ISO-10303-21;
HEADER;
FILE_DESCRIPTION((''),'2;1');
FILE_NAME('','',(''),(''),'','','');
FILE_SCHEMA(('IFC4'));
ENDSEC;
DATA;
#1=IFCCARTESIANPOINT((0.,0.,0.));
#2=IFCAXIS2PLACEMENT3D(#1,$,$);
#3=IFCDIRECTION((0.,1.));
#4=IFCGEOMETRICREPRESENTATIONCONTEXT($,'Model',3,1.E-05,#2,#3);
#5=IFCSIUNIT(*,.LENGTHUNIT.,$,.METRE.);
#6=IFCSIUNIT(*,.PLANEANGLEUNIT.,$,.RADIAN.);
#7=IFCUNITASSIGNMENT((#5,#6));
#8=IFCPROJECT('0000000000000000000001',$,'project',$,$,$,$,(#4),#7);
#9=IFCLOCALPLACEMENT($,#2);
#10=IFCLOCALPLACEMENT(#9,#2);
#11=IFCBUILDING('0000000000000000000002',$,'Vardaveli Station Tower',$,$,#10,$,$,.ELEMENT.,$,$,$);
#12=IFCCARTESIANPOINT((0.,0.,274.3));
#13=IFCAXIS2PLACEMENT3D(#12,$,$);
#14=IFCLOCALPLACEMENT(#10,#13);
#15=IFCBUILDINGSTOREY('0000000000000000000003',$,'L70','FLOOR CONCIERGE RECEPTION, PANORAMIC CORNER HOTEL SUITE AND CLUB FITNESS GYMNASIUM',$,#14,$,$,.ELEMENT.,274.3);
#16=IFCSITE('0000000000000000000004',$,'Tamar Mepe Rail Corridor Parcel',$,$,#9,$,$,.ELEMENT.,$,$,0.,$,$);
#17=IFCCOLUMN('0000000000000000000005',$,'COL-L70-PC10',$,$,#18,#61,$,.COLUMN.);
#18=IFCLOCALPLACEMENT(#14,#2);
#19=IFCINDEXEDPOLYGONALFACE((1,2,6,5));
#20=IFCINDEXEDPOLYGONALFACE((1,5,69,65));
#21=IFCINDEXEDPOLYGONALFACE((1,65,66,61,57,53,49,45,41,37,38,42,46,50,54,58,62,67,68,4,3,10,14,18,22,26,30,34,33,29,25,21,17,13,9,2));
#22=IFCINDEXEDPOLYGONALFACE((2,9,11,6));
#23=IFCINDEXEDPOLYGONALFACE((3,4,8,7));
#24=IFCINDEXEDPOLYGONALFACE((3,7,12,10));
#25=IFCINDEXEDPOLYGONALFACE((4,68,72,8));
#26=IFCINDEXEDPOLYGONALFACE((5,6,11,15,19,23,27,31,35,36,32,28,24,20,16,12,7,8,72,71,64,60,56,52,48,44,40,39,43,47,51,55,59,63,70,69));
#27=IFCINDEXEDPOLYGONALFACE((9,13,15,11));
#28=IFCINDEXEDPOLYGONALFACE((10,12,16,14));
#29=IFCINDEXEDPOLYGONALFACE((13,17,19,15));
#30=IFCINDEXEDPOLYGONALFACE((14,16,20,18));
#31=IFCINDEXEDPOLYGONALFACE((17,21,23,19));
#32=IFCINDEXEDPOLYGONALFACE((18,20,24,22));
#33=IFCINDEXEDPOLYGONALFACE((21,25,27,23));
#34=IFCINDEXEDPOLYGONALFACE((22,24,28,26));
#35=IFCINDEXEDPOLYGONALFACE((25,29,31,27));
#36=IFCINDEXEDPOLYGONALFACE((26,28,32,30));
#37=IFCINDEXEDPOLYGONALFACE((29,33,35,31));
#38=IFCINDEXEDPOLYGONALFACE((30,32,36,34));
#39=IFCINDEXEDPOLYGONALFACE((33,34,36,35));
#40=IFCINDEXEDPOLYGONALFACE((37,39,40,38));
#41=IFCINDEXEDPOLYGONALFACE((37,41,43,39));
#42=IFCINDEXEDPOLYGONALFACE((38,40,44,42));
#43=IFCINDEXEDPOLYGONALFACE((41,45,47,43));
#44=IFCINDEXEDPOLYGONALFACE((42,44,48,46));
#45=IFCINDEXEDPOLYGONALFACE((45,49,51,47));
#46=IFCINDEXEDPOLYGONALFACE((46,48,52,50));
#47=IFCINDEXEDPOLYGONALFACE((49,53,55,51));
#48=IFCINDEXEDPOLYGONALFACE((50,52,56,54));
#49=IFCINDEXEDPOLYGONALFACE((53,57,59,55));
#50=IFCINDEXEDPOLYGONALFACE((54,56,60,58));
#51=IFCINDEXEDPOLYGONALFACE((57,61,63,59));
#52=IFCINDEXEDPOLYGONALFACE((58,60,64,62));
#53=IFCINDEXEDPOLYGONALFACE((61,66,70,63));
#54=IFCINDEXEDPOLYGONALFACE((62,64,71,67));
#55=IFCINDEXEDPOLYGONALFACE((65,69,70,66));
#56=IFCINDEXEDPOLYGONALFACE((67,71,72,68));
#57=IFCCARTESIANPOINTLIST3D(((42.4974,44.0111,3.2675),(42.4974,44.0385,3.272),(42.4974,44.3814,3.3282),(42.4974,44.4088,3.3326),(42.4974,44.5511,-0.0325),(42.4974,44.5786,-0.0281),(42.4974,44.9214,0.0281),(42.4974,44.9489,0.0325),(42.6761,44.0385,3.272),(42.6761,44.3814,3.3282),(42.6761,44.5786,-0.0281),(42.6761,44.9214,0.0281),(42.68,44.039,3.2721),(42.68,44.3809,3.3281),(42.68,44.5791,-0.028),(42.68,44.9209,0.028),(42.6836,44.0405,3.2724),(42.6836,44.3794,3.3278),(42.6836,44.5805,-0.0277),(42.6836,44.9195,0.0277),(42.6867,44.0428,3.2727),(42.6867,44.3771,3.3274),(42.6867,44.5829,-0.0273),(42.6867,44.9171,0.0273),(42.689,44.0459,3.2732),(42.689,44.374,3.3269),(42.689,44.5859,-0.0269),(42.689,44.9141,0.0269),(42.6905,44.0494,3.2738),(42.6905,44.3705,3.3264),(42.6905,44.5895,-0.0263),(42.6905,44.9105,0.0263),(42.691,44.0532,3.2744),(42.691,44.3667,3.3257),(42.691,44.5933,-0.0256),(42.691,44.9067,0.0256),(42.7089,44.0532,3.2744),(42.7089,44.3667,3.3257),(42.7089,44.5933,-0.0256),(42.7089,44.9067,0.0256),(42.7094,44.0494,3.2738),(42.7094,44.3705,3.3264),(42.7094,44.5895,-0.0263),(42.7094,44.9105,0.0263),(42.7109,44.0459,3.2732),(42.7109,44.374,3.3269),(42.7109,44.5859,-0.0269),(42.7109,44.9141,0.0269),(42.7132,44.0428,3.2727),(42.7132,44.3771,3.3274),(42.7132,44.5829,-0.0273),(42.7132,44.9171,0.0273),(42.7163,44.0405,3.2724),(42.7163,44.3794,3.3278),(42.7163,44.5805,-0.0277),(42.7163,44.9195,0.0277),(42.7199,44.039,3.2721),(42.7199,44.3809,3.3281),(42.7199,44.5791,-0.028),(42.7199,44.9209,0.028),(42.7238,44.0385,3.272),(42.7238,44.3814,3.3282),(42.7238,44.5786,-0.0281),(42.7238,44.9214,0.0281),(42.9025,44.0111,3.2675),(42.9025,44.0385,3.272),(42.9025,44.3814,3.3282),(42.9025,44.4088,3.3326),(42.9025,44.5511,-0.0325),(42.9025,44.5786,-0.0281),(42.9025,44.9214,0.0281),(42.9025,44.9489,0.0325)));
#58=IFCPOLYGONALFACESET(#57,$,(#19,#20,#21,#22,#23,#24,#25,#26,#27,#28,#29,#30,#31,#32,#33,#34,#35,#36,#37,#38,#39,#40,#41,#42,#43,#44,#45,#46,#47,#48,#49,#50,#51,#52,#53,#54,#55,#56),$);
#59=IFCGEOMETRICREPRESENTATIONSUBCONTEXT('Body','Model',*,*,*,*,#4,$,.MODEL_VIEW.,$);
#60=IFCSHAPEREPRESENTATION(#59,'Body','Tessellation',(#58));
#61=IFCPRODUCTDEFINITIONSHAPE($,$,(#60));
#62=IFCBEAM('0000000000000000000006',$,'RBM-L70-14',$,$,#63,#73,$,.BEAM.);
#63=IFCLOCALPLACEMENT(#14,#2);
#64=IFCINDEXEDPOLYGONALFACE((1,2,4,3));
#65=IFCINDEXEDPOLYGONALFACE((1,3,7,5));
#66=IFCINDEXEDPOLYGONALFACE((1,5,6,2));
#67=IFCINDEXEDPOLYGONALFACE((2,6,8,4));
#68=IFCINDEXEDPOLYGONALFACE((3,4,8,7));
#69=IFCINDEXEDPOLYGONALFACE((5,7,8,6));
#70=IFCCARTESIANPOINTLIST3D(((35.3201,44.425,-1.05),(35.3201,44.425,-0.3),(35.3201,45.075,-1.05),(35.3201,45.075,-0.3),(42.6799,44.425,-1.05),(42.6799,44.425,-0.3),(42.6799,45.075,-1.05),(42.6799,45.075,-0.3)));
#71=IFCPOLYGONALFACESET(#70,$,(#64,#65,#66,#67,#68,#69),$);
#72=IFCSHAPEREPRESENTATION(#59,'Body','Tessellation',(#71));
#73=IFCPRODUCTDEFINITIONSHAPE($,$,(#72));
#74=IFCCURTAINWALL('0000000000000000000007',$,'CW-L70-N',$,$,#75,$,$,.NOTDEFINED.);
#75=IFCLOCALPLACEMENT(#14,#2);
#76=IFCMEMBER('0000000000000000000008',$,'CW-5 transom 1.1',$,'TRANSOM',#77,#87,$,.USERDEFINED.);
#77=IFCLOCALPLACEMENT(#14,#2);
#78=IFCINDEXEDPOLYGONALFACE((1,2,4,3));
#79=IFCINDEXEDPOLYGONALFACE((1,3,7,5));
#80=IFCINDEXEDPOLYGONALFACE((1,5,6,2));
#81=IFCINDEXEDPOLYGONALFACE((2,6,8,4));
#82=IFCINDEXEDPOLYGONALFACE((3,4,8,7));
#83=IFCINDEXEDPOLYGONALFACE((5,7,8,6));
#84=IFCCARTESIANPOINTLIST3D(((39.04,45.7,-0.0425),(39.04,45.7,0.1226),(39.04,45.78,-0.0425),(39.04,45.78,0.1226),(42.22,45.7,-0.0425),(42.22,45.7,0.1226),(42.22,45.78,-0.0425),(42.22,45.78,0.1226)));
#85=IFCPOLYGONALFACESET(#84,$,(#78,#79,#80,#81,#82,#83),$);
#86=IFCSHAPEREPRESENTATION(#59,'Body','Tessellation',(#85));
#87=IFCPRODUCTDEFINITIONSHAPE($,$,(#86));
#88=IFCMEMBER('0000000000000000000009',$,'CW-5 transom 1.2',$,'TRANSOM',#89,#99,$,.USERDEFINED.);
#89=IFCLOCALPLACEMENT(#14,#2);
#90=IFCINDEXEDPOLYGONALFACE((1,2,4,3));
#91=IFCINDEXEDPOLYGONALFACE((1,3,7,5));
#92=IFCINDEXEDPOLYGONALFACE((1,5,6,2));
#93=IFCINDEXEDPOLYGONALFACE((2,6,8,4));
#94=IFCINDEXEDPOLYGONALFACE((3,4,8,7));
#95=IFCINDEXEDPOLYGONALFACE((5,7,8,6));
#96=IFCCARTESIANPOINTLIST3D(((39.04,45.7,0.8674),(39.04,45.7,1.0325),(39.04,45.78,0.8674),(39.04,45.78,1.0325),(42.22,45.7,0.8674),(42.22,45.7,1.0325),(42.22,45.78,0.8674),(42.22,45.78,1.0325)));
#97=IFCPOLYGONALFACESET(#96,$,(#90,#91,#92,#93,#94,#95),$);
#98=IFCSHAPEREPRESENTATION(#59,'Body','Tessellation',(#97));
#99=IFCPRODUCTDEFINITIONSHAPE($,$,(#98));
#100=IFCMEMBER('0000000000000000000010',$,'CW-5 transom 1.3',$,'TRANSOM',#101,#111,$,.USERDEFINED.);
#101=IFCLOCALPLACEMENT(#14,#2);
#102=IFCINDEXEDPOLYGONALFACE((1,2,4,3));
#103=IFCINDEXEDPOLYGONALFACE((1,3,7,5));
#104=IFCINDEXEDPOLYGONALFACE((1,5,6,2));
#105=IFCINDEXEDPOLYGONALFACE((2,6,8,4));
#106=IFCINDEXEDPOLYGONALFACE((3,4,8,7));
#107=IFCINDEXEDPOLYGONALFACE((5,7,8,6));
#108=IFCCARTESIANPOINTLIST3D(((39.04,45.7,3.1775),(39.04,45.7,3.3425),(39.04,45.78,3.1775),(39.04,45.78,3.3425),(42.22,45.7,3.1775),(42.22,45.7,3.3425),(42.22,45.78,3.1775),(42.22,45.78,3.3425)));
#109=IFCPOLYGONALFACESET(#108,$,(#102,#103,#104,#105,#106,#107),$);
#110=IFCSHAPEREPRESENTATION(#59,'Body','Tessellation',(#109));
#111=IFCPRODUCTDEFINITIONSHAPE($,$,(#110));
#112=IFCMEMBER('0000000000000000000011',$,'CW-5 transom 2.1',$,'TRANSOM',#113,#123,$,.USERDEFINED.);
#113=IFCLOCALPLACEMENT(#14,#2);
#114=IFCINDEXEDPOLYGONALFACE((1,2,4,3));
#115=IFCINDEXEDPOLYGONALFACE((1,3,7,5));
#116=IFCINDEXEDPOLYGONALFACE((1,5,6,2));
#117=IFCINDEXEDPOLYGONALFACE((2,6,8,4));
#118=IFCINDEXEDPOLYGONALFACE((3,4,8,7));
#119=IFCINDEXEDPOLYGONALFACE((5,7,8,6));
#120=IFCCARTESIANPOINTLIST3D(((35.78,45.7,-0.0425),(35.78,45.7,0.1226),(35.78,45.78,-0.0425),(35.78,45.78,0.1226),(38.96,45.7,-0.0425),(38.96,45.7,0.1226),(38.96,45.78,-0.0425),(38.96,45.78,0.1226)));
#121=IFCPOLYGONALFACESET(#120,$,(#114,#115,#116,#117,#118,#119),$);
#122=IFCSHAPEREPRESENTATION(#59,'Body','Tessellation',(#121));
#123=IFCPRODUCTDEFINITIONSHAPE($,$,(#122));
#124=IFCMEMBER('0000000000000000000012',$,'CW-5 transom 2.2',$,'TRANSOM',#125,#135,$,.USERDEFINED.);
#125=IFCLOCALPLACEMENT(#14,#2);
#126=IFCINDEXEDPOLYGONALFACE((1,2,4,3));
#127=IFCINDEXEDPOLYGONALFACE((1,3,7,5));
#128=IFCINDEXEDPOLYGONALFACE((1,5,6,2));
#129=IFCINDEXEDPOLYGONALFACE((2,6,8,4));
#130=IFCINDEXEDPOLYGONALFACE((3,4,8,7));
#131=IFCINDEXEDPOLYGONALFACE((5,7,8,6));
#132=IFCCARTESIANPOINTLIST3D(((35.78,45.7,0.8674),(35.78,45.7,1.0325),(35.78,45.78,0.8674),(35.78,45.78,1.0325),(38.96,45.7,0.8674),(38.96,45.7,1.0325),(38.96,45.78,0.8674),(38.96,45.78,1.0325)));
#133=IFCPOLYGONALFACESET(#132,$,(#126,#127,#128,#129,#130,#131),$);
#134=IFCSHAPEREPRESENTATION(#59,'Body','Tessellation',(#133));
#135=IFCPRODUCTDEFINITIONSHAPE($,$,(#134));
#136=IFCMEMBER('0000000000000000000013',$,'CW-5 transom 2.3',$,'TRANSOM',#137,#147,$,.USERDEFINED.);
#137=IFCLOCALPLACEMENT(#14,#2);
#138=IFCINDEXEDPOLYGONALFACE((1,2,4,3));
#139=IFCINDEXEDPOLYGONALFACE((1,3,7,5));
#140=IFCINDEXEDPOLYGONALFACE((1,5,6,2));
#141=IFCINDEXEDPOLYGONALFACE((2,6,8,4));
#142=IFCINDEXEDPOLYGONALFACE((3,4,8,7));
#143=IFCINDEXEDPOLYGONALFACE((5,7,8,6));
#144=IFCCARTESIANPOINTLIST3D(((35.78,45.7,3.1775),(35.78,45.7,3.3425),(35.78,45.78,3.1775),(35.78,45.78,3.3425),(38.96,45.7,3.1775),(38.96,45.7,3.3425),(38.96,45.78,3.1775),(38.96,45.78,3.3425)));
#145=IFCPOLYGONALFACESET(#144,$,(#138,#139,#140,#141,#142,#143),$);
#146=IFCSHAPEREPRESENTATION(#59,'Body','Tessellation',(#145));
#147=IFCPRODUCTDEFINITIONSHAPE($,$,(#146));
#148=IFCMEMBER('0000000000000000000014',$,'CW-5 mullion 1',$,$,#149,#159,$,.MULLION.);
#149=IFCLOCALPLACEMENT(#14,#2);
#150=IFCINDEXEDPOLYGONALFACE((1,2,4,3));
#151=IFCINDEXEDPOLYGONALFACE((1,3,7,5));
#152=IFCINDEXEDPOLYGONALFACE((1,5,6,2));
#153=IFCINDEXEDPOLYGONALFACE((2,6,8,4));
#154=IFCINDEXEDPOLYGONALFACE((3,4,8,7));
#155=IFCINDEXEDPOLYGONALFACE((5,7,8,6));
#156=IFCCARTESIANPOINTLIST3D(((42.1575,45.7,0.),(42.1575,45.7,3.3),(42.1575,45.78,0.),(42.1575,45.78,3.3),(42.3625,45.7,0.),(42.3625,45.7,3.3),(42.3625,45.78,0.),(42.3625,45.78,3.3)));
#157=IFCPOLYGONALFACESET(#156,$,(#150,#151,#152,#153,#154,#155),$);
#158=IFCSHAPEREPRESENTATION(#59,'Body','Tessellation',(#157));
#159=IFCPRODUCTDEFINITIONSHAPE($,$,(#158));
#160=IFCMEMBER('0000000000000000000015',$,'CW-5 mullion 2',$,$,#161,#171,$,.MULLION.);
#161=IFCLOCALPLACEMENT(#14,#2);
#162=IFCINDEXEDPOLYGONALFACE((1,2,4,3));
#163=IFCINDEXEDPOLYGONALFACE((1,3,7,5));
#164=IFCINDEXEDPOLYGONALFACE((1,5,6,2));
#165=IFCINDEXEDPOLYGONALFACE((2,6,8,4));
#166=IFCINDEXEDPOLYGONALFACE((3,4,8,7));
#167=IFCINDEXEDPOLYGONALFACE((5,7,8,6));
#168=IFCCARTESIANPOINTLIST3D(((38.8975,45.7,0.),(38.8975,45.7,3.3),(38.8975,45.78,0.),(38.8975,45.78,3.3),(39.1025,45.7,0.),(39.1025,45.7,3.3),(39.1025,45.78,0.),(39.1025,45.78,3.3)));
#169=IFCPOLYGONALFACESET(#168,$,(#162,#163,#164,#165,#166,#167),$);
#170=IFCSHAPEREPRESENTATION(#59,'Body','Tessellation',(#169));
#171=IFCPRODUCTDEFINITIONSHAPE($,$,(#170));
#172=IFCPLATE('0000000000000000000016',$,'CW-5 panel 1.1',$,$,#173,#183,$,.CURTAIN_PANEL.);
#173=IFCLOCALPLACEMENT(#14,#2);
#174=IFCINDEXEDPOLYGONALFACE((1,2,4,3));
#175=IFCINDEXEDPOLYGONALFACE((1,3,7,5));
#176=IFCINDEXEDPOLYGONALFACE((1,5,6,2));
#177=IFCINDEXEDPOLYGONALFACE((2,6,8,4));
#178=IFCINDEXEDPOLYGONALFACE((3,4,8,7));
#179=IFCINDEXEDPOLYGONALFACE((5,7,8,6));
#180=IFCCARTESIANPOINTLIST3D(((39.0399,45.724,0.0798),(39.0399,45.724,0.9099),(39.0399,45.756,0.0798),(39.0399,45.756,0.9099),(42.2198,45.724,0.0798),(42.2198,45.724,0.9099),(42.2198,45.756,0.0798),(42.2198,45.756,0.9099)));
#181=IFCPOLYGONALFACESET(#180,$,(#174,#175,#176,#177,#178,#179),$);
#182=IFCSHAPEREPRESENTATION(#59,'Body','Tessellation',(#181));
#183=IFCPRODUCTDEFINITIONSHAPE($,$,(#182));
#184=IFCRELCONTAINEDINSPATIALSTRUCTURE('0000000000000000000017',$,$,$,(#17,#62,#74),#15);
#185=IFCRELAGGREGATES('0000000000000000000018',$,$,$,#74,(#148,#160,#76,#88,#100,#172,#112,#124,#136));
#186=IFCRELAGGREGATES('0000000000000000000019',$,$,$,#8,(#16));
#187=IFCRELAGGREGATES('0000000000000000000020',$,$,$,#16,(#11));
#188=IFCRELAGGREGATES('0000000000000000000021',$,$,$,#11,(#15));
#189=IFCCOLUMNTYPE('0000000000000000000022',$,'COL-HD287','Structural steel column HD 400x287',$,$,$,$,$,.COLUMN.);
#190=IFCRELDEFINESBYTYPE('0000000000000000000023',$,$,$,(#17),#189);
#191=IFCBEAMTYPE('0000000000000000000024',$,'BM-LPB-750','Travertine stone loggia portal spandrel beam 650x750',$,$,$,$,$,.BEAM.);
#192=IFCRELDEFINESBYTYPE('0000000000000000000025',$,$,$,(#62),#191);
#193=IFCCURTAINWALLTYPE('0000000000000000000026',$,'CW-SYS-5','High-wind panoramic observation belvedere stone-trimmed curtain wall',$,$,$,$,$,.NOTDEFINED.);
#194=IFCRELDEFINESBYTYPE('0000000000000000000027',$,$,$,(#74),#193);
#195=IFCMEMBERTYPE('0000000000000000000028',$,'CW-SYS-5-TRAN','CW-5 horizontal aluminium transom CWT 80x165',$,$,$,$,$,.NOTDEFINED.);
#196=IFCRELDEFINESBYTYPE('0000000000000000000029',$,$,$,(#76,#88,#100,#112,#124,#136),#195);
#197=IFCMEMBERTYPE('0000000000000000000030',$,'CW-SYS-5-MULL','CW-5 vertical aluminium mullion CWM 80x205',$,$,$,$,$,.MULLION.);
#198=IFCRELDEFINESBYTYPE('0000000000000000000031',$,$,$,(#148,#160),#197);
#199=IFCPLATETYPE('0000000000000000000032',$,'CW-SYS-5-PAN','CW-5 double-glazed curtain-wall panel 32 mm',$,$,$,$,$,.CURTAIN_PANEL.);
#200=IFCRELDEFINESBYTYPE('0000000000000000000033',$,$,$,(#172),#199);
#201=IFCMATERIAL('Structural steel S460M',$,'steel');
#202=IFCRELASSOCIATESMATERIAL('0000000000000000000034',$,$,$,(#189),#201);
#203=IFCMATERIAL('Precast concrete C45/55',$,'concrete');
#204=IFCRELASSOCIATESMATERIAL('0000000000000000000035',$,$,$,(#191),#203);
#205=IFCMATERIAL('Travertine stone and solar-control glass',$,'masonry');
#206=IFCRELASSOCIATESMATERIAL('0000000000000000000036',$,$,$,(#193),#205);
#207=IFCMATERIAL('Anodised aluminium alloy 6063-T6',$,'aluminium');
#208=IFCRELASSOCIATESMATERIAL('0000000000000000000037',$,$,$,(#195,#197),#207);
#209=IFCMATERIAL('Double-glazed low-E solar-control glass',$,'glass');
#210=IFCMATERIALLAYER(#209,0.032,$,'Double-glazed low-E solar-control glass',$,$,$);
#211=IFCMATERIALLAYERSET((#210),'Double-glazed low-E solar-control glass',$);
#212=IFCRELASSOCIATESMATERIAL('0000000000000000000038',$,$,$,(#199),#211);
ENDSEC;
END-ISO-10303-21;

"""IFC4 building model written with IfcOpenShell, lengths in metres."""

from ifc_helpers import new_model, si_unit, direction, frame, origin, origin_2d, place, context, subcontext, project, spatial, rectangle, i_section, extrude, source, transform, mapped, material, layer, layer_set, material_profile, profile_set, type_object, element, aggregate, save


model = new_model("IFC4")

# Units and contexts
model_context = context("Model", 3, precision=1e-05, world=origin(), true_north=direction((0.0, 1.0)))
body_context = subcontext(model_context, "Body", "Model", "MODEL_VIEW")
ifc_project = project(units=[si_unit("LENGTHUNIT", "METRE"), si_unit("PLANEANGLEUNIT", "RADIAN")], contexts=[model_context])

# Site, building, storey
site_placement = place(None, origin())
site = spatial("IfcSite", under=ifc_project, at=site_placement, Name="Tamar Mepe Rail Corridor Parcel", CompositionType="ELEMENT", RefElevation=0.0)
building_placement = place(site_placement, origin())
building = spatial("IfcBuilding", under=site, at=building_placement, Name="Vardaveli Station Tower", CompositionType="ELEMENT")
storey_placement = place(building_placement, frame((0.0, 0.0, 274.3)))
storey = spatial("IfcBuildingStorey", under=building, at=storey_placement, Name="L70", Description="FLOOR CONCIERGE RECEPTION, PANORAMIC CORNER HOTEL SUITE AND CLUB FITNESS GYMNASIUM", CompositionType="ELEMENT", Elevation=274.3)

# Column
ifc_material_1 = material(Name="Structural steel S460M", Category="steel")
ifc_material_profile_1 = material_profile(ifc_material_1, i_section(OverallWidth=0.405, OverallDepth=0.4031, WebThickness=0.0178, FlangeThickness=0.0278, FilletRadius=0.0149, at=origin_2d()), Name="HD 400x287")
ifc_profile_set_1 = profile_set([ifc_material_profile_1], Name="Structural steel S460M")
column_type = type_object("IfcColumnType", Name="COL-HD287", Description="Structural steel column HD 400x287", PredefinedType="COLUMN", material=ifc_profile_set_1)
shared_shape_1 = source(origin(), body_context, "Body", "SweptSolid", [
    extrude(i_section(OverallWidth=0.405, OverallDepth=0.4031, WebThickness=0.0178, FlangeThickness=0.0278, FilletRadius=0.0149, at=origin_2d()), origin(), (0.0, 0.0, 1.0), 3.344),
])
column_placement = place(storey_placement, frame((42.7, 44.75, 0.0), z_axis=(0.0, -0.161498, 0.986873), x_axis=(1.0, 0.0, 0.0)))
element("IfcColumn", 1, at=column_placement, inside=storey, type_object=column_type, Name="COL-L70-PC10", PredefinedType="COLUMN", context=body_context, shape_type="MappedRepresentation", body=[
    mapped(shared_shape_1, transform((0.0, 0.0, 0.0), scale=1.0)),
])

# Beam
ifc_material_2 = material(Name="Precast concrete C45/55", Category="concrete")
ifc_material_profile_2 = material_profile(ifc_material_2, rectangle(XDim=0.6499, YDim=0.75, at=origin_2d()), Name="LPB 650x750")
ifc_profile_set_2 = profile_set([ifc_material_profile_2], Name="Precast concrete C45/55")
beam_type = type_object("IfcBeamType", Name="BM-LPB-750", Description="Travertine stone loggia portal spandrel beam 650x750", PredefinedType="BEAM", material=ifc_profile_set_2)
shared_shape_2 = source(origin(), body_context, "Body", "SweptSolid", [
    extrude(rectangle(XDim=0.6499, YDim=0.75, at=origin_2d()), origin(), (0.0, 0.0, 1.0), 7.3599),
])
beam_placement = place(storey_placement, frame((42.6799, 44.75, -0.675), z_axis=(-1.0, 0.0, 0.0), x_axis=(0.0, -1.0, 0.0)))
element("IfcBeam", 2, at=beam_placement, inside=storey, type_object=beam_type, Name="RBM-L70-14", PredefinedType="BEAM", context=body_context, shape_type="MappedRepresentation", body=[
    mapped(shared_shape_2, transform((0.0, 0.0, 0.0), scale=1.0)),
])

# Curtain wall, members, plate
ifc_material_3 = material(Name="Travertine stone and solar-control glass", Category="masonry")
curtain_wall_type = type_object("IfcCurtainWallType", Name="CW-SYS-5", Description="High-wind panoramic observation belvedere stone-trimmed curtain wall", PredefinedType="NOTDEFINED", material=ifc_material_3)
curtain_wall_placement = place(storey_placement, origin())
curtain_wall = element("IfcCurtainWall", 3, at=curtain_wall_placement, inside=storey, type_object=curtain_wall_type, Name="CW-L70-N", PredefinedType="NOTDEFINED")
ifc_material_4 = material(Name="Anodised aluminium alloy 6063-T6", Category="aluminium")
ifc_material_profile_3 = material_profile(ifc_material_4, rectangle(XDim=0.0801, YDim=0.165, at=origin_2d()), Name="CWT 80x165")
ifc_profile_set_3 = profile_set([ifc_material_profile_3], Name="Anodised aluminium alloy 6063-T6")
member_type_1 = type_object("IfcMemberType", Name="CW-SYS-5-TRAN", Description="CW-5 horizontal aluminium transom CWT 80x165", PredefinedType="NOTDEFINED", material=ifc_profile_set_3)
shared_shape_3 = source(origin(), body_context, "Body", "SweptSolid", [
    extrude(rectangle(XDim=0.0801, YDim=0.165, at=origin_2d()), origin(), (0.0, 0.0, 1.0), 3.1799),
])
member_1_placement = place(storey_placement, frame((42.22, 45.74, 0.04), z_axis=(-1.0, 0.0, 0.0), x_axis=(0.0, -1.0, 0.0)))
member_1 = element("IfcMember", 4, at=member_1_placement, type_object=member_type_1, Name="CW-5 transom 1.1", ObjectType="TRANSOM", PredefinedType="USERDEFINED", context=body_context, shape_type="MappedRepresentation", body=[
    mapped(shared_shape_3, transform((0.0, 0.0, 0.0), scale=1.0)),
])
member_2_placement = place(storey_placement, frame((42.22, 45.74, 0.95), z_axis=(-1.0, 0.0, 0.0), x_axis=(0.0, -1.0, 0.0)))
member_2 = element("IfcMember", 5, at=member_2_placement, type_object=member_type_1, Name="CW-5 transom 1.2", ObjectType="TRANSOM", PredefinedType="USERDEFINED", context=body_context, shape_type="MappedRepresentation", body=[
    mapped(shared_shape_3, transform((0.0, 0.0, 0.0), scale=1.0)),
])
member_3_placement = place(storey_placement, frame((42.22, 45.74, 3.26), z_axis=(-1.0, 0.0, 0.0), x_axis=(0.0, -1.0, 0.0)))
member_3 = element("IfcMember", 6, at=member_3_placement, type_object=member_type_1, Name="CW-5 transom 1.3", ObjectType="TRANSOM", PredefinedType="USERDEFINED", context=body_context, shape_type="MappedRepresentation", body=[
    mapped(shared_shape_3, transform((0.0, 0.0, 0.0), scale=1.0)),
])
member_4_placement = place(storey_placement, frame((38.96, 45.74, 0.04), z_axis=(-1.0, 0.0, 0.0), x_axis=(0.0, -1.0, 0.0)))
member_4 = element("IfcMember", 7, at=member_4_placement, type_object=member_type_1, Name="CW-5 transom 2.1", ObjectType="TRANSOM", PredefinedType="USERDEFINED", context=body_context, shape_type="MappedRepresentation", body=[
    mapped(shared_shape_3, transform((0.0, 0.0, 0.0), scale=1.0)),
])
member_5_placement = place(storey_placement, frame((38.96, 45.74, 0.95), z_axis=(-1.0, 0.0, 0.0), x_axis=(0.0, -1.0, 0.0)))
member_5 = element("IfcMember", 8, at=member_5_placement, type_object=member_type_1, Name="CW-5 transom 2.2", ObjectType="TRANSOM", PredefinedType="USERDEFINED", context=body_context, shape_type="MappedRepresentation", body=[
    mapped(shared_shape_3, transform((0.0, 0.0, 0.0), scale=1.0)),
])
member_6_placement = place(storey_placement, frame((38.96, 45.74, 3.26), z_axis=(-1.0, 0.0, 0.0), x_axis=(0.0, -1.0, 0.0)))
member_6 = element("IfcMember", 9, at=member_6_placement, type_object=member_type_1, Name="CW-5 transom 2.3", ObjectType="TRANSOM", PredefinedType="USERDEFINED", context=body_context, shape_type="MappedRepresentation", body=[
    mapped(shared_shape_3, transform((0.0, 0.0, 0.0), scale=1.0)),
])
ifc_material_profile_4 = material_profile(ifc_material_4, rectangle(XDim=0.0801, YDim=0.2051, at=origin_2d()), Name="CWM 80x205")
ifc_profile_set_4 = profile_set([ifc_material_profile_4], Name="Anodised aluminium alloy 6063-T6")
member_type_2 = type_object("IfcMemberType", Name="CW-SYS-5-MULL", Description="CW-5 vertical aluminium mullion CWM 80x205", PredefinedType="MULLION", material=ifc_profile_set_4)
shared_shape_4 = source(origin(), body_context, "Body", "SweptSolid", [
    extrude(rectangle(XDim=0.0801, YDim=0.2051, at=origin_2d()), origin(), (0.0, 0.0, 1.0), 3.3),
])
member_7_placement = place(storey_placement, frame((42.26, 45.74, 0.0), z_axis=(0.0, 0.0, 1.0), x_axis=(0.0, -1.0, 0.0)))
member_7 = element("IfcMember", 10, at=member_7_placement, type_object=member_type_2, Name="CW-5 mullion 1", PredefinedType="MULLION", context=body_context, shape_type="MappedRepresentation", body=[
    mapped(shared_shape_4, transform((0.0, 0.0, 0.0), scale=1.0)),
])
member_8_placement = place(storey_placement, frame((39.0, 45.74, 0.0), z_axis=(0.0, 0.0, 1.0), x_axis=(0.0, -1.0, 0.0)))
member_8 = element("IfcMember", 11, at=member_8_placement, type_object=member_type_2, Name="CW-5 mullion 2", PredefinedType="MULLION", context=body_context, shape_type="MappedRepresentation", body=[
    mapped(shared_shape_4, transform((0.0, 0.0, 0.0), scale=1.0)),
])
ifc_material_5 = material(Name="Double-glazed low-E solar-control glass", Category="glass")
ifc_layer_1 = layer(ifc_material_5, 0.032, Name="Double-glazed low-E solar-control glass")
ifc_layer_set_1 = layer_set([ifc_layer_1], Name="Double-glazed low-E solar-control glass")
plate_type = type_object("IfcPlateType", Name="CW-SYS-5-PAN", Description="CW-5 double-glazed curtain-wall panel 32 mm", PredefinedType="CURTAIN_PANEL", material=ifc_layer_set_1)
shared_shape_5 = source(origin(), body_context, "Body", "SweptSolid", [
    extrude(rectangle(XDim=3.1799, YDim=0.032, at=origin_2d()), origin(), (0.0, 0.0, 1.0), 0.8301),
])
plate_1_placement = place(storey_placement, frame((40.6299, 45.74, 0.0798), z_axis=(0.0, 0.0, 1.0), x_axis=(-1.0, 0.0, 0.0)))
plate_1 = element("IfcPlate", 12, at=plate_1_placement, type_object=plate_type, Name="CW-5 panel 1.1", PredefinedType="CURTAIN_PANEL", context=body_context, shape_type="MappedRepresentation", body=[
    mapped(shared_shape_5, transform((0.0, 0.0, 0.0), scale=1.0)),
])
aggregate(curtain_wall, [member_7, member_8, member_1, member_2, member_3, plate_1, member_4, member_5, member_6])

save(model, "model.ifc")
